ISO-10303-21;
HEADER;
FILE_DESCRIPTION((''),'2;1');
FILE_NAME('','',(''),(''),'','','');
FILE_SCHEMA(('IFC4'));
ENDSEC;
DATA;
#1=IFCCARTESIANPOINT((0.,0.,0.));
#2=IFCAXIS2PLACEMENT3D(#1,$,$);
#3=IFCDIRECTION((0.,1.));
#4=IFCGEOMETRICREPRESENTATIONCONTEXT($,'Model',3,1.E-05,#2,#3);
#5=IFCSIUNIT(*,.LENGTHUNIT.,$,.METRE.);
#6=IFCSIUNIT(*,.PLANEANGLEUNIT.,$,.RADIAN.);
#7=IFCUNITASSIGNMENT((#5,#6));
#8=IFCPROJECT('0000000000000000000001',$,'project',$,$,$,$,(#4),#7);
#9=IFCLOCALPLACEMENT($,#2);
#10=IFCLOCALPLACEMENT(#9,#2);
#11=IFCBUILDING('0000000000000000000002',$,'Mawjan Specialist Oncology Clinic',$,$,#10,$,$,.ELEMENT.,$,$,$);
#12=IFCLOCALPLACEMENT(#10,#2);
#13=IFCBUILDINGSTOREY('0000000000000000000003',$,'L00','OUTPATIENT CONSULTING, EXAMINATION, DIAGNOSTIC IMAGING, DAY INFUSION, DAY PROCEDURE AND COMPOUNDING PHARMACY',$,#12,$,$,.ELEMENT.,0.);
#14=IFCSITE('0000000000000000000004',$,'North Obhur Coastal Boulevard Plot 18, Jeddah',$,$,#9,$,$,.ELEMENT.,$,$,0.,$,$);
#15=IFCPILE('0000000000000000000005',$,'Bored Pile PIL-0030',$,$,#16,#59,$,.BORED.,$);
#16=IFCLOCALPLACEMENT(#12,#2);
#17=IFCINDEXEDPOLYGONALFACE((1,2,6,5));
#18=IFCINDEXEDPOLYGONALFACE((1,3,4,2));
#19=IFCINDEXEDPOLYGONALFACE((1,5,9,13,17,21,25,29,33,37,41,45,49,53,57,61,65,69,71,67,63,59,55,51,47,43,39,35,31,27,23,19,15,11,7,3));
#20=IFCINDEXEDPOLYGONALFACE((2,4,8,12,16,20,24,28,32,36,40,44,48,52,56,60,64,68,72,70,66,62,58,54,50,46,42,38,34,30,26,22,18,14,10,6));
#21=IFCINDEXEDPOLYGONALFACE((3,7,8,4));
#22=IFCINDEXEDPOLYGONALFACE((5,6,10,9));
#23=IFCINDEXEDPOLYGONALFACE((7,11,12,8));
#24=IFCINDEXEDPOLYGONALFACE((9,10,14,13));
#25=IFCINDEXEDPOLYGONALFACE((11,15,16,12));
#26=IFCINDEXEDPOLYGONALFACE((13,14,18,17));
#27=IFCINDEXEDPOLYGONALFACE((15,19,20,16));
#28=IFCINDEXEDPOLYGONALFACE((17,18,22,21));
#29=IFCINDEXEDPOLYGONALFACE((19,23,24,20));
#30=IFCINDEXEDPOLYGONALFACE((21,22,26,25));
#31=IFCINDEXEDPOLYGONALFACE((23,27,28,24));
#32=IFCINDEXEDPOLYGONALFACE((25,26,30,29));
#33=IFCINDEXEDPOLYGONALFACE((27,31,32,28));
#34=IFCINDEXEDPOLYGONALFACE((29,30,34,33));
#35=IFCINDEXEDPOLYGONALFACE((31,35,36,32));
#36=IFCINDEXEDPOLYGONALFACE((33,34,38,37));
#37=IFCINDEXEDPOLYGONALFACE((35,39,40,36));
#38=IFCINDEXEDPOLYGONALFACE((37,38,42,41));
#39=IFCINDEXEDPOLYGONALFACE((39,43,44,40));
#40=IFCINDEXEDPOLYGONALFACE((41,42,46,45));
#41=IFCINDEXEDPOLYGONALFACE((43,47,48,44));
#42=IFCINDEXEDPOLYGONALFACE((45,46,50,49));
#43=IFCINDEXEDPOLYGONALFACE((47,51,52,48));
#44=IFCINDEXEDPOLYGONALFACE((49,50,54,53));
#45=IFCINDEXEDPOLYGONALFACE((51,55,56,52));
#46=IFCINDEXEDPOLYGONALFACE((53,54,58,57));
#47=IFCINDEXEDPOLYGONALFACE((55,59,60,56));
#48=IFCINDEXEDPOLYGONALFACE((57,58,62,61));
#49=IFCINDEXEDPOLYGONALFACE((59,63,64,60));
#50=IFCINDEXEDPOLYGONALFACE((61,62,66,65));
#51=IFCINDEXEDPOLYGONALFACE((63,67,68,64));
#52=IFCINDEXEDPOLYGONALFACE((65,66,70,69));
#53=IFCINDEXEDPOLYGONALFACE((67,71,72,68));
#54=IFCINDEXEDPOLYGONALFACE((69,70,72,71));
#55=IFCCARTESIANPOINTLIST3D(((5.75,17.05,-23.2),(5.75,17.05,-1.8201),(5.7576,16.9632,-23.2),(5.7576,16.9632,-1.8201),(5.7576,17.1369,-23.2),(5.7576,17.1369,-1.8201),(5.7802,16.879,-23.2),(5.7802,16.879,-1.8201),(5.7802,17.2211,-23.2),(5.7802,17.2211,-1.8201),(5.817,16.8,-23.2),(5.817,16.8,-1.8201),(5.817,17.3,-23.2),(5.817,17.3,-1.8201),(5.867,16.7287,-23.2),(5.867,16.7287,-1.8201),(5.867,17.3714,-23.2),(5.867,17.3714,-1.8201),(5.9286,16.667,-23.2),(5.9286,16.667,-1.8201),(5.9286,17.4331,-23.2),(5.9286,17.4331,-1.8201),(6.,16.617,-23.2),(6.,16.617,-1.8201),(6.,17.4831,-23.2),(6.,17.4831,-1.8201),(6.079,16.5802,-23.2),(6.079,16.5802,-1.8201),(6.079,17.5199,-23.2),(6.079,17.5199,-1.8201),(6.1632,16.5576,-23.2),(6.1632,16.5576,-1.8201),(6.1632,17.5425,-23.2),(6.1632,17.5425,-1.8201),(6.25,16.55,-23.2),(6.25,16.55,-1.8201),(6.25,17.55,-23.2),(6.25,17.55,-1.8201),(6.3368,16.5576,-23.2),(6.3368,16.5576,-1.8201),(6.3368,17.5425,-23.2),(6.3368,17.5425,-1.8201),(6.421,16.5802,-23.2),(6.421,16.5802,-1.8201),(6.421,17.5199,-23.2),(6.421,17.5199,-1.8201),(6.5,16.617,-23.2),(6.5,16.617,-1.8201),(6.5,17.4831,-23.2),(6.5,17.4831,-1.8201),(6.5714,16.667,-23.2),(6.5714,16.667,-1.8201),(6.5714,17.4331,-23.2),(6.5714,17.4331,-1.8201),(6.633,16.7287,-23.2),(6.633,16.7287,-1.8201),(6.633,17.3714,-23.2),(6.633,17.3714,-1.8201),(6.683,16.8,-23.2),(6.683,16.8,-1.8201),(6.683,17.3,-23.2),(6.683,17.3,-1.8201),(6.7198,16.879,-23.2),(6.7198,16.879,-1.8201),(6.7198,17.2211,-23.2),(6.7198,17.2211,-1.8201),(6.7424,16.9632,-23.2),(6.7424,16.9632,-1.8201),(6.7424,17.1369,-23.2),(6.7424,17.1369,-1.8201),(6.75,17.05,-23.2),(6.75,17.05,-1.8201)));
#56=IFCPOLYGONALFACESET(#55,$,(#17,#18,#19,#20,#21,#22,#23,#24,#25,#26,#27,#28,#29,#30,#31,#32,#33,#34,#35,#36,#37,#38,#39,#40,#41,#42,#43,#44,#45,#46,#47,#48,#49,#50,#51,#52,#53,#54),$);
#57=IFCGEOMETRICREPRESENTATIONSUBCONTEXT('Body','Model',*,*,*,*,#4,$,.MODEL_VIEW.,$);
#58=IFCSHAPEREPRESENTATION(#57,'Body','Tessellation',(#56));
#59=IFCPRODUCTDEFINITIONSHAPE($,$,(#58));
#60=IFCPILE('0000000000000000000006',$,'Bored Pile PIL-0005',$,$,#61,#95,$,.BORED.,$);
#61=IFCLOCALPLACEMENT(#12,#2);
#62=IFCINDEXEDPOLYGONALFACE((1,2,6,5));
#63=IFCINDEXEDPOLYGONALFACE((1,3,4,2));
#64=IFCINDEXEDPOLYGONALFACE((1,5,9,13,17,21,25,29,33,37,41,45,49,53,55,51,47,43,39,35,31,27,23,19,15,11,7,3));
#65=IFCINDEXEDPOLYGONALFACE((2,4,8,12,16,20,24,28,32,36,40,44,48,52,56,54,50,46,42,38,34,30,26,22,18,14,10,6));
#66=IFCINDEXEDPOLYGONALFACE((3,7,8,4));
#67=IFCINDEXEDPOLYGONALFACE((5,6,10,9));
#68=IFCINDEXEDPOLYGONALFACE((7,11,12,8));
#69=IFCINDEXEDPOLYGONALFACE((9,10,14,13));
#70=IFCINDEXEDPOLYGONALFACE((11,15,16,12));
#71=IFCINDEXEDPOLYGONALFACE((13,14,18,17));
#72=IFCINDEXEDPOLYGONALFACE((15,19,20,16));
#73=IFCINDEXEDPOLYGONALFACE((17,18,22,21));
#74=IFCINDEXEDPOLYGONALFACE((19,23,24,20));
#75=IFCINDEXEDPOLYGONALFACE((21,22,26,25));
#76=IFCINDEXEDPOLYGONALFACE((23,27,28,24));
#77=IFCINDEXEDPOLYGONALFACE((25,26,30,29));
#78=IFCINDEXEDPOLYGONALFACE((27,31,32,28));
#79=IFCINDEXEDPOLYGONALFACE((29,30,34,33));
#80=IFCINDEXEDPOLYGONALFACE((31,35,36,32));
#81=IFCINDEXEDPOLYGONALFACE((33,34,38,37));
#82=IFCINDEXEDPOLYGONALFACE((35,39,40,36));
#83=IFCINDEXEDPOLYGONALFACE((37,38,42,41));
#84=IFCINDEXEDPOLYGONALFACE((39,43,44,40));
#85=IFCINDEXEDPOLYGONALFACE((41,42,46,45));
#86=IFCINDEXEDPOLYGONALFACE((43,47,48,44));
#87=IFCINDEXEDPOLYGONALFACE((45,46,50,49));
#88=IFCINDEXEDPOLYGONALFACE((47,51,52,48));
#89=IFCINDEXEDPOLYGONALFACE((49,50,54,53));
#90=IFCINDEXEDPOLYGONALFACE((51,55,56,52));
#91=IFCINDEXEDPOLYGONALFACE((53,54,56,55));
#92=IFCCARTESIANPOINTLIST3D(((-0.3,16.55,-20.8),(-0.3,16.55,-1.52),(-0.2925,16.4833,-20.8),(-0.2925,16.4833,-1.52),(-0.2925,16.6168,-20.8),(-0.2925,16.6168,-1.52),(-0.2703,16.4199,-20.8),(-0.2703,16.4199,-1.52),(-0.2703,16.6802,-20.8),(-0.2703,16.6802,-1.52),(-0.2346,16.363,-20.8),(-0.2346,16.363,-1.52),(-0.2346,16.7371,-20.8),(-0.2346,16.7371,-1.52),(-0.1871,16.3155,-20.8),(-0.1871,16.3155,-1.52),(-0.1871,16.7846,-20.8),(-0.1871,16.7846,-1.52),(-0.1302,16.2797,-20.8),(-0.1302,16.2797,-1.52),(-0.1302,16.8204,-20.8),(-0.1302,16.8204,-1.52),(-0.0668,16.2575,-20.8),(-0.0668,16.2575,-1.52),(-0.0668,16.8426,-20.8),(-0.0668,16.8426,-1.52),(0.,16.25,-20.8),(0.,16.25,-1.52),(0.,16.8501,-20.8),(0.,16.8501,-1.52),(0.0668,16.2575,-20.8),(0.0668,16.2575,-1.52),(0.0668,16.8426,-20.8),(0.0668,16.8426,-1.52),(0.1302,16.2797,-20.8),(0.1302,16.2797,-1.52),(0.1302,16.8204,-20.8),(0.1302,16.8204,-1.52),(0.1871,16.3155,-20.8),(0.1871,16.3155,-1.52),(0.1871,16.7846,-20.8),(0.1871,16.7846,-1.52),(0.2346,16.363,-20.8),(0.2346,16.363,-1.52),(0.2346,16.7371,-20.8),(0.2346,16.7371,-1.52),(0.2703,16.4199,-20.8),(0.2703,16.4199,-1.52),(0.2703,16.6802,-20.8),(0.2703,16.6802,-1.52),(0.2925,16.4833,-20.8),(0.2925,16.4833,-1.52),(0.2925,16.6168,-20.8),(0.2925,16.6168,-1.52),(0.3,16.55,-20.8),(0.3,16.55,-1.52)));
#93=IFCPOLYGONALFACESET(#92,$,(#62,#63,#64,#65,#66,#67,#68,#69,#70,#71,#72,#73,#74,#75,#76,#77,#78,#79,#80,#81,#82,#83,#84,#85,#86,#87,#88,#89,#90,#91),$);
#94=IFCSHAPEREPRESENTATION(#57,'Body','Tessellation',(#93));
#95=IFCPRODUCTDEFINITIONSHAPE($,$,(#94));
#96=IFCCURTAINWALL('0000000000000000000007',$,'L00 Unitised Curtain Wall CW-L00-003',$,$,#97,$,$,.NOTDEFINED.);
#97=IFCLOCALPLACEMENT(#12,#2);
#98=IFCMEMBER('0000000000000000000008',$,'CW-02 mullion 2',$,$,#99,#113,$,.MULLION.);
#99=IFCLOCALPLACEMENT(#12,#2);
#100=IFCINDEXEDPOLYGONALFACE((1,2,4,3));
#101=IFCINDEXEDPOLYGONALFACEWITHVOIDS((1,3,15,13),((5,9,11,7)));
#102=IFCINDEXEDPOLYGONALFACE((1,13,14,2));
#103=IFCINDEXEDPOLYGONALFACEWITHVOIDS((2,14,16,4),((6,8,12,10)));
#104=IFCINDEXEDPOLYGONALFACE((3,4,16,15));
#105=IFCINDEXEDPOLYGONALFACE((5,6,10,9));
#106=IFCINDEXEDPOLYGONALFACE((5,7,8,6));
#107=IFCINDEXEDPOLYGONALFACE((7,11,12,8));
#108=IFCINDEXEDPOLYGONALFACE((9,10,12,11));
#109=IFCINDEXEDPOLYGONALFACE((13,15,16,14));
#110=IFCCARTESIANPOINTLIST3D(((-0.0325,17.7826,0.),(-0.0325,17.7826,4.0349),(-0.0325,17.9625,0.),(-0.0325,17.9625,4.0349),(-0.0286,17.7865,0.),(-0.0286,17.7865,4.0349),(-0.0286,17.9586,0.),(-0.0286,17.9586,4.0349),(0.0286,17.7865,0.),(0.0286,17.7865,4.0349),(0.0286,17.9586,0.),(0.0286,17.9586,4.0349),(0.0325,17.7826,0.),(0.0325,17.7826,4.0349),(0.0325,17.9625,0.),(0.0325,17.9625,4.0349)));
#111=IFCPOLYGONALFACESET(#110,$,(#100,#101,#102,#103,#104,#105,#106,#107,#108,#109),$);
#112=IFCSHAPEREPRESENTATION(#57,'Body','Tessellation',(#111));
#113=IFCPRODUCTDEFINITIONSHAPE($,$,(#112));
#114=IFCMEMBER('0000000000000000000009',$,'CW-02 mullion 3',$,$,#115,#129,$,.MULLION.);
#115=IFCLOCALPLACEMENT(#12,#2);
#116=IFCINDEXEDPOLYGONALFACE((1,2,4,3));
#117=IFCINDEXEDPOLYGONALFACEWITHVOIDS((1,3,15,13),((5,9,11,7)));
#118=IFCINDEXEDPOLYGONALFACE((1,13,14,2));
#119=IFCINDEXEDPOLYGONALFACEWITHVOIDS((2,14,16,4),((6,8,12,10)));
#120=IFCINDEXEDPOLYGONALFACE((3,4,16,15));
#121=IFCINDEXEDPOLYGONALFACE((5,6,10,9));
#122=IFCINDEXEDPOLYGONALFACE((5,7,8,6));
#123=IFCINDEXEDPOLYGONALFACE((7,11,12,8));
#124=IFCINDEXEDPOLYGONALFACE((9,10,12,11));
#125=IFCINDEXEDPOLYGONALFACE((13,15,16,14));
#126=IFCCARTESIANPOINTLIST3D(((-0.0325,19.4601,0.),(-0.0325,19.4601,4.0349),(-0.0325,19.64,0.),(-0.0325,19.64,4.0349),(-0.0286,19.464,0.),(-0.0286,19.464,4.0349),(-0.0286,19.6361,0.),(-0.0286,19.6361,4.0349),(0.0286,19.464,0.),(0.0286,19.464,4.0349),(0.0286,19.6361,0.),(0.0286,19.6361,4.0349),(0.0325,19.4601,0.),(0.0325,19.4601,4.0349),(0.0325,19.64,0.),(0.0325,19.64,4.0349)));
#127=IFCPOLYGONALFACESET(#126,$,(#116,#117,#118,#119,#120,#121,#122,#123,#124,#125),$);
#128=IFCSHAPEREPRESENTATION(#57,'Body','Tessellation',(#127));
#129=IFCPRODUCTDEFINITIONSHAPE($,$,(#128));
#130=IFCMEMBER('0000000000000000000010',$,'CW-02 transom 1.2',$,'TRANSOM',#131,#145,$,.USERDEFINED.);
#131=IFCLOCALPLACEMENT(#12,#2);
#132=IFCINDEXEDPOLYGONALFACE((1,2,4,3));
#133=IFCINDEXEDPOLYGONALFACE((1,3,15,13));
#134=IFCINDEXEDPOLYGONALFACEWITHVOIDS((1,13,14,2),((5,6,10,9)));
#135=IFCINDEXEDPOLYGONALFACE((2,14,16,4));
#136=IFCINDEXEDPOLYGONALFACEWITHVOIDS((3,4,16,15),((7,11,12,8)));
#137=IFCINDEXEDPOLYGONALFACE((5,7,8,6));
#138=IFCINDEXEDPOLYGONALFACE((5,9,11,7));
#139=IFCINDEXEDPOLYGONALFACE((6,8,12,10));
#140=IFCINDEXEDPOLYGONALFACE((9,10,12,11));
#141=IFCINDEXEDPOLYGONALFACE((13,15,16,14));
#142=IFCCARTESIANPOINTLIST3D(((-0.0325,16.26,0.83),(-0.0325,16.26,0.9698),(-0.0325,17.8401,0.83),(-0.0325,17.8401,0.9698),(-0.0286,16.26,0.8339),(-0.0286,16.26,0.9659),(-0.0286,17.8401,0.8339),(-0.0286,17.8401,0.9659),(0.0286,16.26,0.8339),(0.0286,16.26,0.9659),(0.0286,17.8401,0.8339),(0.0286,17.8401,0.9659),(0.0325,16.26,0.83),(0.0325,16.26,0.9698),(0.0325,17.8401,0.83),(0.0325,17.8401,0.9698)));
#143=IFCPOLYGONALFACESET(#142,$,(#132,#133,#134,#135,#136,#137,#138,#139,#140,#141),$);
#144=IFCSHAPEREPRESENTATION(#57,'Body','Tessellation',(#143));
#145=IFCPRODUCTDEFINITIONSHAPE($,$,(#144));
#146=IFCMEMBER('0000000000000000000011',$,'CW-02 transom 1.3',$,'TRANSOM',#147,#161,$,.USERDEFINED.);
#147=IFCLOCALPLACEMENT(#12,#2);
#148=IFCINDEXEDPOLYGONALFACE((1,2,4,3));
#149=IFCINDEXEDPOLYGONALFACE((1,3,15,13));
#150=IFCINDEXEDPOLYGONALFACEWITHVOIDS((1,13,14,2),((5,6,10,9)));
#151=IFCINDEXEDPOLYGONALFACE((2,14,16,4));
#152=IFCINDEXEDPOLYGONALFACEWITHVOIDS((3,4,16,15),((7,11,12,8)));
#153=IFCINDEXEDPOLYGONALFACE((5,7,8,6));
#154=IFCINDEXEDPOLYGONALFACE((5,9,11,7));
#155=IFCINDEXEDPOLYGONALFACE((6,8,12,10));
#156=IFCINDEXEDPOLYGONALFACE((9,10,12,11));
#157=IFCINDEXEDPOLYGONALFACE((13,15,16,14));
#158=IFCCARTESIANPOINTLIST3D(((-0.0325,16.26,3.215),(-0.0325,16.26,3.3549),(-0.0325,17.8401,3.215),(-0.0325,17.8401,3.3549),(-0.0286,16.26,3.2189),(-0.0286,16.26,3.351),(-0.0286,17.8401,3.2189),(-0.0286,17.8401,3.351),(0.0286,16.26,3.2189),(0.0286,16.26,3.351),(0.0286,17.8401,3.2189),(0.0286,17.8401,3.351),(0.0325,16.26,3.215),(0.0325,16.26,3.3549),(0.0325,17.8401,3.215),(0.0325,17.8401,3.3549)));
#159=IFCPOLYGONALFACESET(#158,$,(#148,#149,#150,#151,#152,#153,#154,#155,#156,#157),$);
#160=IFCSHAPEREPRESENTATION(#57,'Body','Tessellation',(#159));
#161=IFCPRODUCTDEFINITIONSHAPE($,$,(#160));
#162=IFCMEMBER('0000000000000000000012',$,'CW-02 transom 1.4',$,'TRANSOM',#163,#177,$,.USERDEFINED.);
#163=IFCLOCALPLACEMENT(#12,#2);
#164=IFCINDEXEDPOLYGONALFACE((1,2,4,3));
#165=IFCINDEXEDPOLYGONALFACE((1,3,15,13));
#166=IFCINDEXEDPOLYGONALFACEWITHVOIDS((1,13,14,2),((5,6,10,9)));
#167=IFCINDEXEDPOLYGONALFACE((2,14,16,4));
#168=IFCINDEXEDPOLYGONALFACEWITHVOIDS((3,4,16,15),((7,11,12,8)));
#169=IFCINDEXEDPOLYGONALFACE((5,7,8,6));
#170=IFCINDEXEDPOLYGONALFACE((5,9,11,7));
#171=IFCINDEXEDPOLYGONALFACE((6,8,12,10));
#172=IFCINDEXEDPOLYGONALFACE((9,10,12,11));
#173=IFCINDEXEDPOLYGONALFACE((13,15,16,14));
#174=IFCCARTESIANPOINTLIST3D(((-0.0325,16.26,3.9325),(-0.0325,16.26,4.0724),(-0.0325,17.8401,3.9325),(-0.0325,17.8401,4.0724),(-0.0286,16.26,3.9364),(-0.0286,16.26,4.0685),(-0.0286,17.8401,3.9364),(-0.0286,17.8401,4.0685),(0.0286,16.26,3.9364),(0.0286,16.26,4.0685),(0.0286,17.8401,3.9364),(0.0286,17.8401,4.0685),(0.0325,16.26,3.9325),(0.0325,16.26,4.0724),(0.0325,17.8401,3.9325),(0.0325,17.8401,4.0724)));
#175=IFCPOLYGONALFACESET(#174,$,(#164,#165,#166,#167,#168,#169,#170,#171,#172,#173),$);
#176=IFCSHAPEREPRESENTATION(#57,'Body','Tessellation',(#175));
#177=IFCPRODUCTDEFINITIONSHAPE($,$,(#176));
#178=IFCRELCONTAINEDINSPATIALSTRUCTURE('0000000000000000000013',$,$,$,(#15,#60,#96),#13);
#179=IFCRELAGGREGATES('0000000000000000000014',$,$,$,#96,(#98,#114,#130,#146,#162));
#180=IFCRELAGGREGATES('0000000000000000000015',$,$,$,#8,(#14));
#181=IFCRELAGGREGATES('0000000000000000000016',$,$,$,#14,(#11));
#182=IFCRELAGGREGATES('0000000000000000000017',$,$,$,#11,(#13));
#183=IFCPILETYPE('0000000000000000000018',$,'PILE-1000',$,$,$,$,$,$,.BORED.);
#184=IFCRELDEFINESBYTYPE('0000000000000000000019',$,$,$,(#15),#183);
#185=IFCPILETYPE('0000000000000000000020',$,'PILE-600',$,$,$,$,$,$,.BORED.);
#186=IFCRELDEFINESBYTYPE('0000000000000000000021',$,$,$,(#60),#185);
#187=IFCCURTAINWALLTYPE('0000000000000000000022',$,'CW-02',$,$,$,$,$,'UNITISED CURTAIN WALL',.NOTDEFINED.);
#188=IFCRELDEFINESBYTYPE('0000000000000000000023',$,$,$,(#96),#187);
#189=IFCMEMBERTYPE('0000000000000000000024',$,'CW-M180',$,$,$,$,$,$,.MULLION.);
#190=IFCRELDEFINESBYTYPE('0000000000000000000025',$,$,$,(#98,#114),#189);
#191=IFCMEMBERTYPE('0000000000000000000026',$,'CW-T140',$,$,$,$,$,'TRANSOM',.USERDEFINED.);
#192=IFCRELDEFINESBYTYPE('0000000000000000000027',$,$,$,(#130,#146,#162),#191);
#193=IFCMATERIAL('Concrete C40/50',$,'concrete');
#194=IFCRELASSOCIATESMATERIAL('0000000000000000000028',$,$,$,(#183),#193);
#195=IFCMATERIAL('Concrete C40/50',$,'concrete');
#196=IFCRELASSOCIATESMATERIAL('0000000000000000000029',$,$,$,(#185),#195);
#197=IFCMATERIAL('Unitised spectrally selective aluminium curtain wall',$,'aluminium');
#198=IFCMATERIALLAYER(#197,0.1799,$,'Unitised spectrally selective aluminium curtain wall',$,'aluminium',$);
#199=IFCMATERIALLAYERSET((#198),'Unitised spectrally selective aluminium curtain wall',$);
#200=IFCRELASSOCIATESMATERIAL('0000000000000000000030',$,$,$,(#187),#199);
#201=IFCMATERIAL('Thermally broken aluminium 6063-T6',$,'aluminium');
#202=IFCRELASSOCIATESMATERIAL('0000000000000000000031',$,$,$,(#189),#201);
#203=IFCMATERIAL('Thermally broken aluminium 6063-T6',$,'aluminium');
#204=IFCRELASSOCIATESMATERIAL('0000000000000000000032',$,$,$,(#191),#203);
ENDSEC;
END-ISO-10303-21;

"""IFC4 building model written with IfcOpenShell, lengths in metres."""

from ifc_helpers import new_model, si_unit, direction, frame, origin, origin_2d, place, context, subcontext, project, spatial, hollow_rectangle, circle, extrude, material, layer, layer_set, material_profile, profile_set, type_object, element, aggregate, save


model = new_model("IFC4")

# Units and contexts
model_context = context("Model", 3, precision=1e-05, world=origin(), true_north=direction((0.0, 1.0)))
body_context = subcontext(model_context, "Body", "Model", "MODEL_VIEW")
ifc_project = project(units=[si_unit("LENGTHUNIT", "METRE"), si_unit("PLANEANGLEUNIT", "RADIAN")], contexts=[model_context])

# Site, building, storey
site_placement = place(None, origin())
site = spatial("IfcSite", under=ifc_project, at=site_placement, Name="North Obhur Coastal Boulevard Plot 18, Jeddah", CompositionType="ELEMENT", RefElevation=0.0)
building_placement = place(site_placement, origin())
building = spatial("IfcBuilding", under=site, at=building_placement, Name="Mawjan Specialist Oncology Clinic", CompositionType="ELEMENT")
storey_placement = place(building_placement, origin())
storey = spatial("IfcBuildingStorey", under=building, at=storey_placement, Name="L00", Description="OUTPATIENT CONSULTING, EXAMINATION, DIAGNOSTIC IMAGING, DAY INFUSION, DAY PROCEDURE AND COMPOUNDING PHARMACY", CompositionType="ELEMENT", Elevation=0.0)

# Piles
ifc_material_1 = material(Name="Concrete C40/50", Category="concrete")
ifc_material_profile_1 = material_profile(ifc_material_1, circle(Radius=0.5, at=origin_2d()), Name="BORED PILE D1000", Category="concrete")
ifc_profile_set_1 = profile_set([ifc_material_profile_1], Name="Concrete C40/50")
pile_type_1 = type_object("IfcPileType", Name="PILE-1000", PredefinedType="BORED", material=ifc_profile_set_1)
pile_1_placement = place(storey_placement, frame((6.25, 17.05, -1.8201), z_axis=(0.0, 0.0, -1.0), x_axis=(1.0, 0.0, 0.0)))
element("IfcPile", 1, at=pile_1_placement, inside=storey, type_object=pile_type_1, Name="Bored Pile PIL-0030", PredefinedType="BORED", context=body_context, shape_type="SweptSolid", body=[
    extrude(circle(Radius=0.5, at=origin_2d()), origin(), (0.0, 0.0, 1.0), 21.3799),
])
ifc_material_2 = material(Name="Concrete C40/50", Category="concrete")
ifc_material_profile_2 = material_profile(ifc_material_2, circle(Radius=0.3, at=origin_2d()), Name="BORED PILE D600", Category="concrete")
ifc_profile_set_2 = profile_set([ifc_material_profile_2], Name="Concrete C40/50")
pile_type_2 = type_object("IfcPileType", Name="PILE-600", PredefinedType="BORED", material=ifc_profile_set_2)
pile_2_placement = place(storey_placement, frame((0.0, 16.55, -1.52), z_axis=(0.0, 0.0, -1.0), x_axis=(1.0, 0.0, 0.0)))
element("IfcPile", 2, at=pile_2_placement, inside=storey, type_object=pile_type_2, Name="Bored Pile PIL-0005", PredefinedType="BORED", context=body_context, shape_type="SweptSolid", body=[
    extrude(circle(Radius=0.3, at=origin_2d()), origin(), (0.0, 0.0, 1.0), 19.28),
])

# Curtain wall, members
ifc_material_3 = material(Name="Unitised spectrally selective aluminium curtain wall", Category="aluminium")
ifc_layer_1 = layer(ifc_material_3, 0.1799, Name="Unitised spectrally selective aluminium curtain wall", Category="aluminium")
ifc_layer_set_1 = layer_set([ifc_layer_1], Name="Unitised spectrally selective aluminium curtain wall")
curtain_wall_type = type_object("IfcCurtainWallType", Name="CW-02", ElementType="UNITISED CURTAIN WALL", PredefinedType="NOTDEFINED", material=ifc_layer_set_1)
curtain_wall_placement = place(storey_placement, origin())
curtain_wall = element("IfcCurtainWall", 3, at=curtain_wall_placement, inside=storey, type_object=curtain_wall_type, Name="L00 Unitised Curtain Wall CW-L00-003", PredefinedType="NOTDEFINED")
ifc_material_4 = material(Name="Thermally broken aluminium 6063-T6", Category="aluminium")
ifc_material_profile_3 = material_profile(ifc_material_4, hollow_rectangle(XDim=0.0649, YDim=0.1799, WallThickness=0.0039, at=origin_2d()), Name="ALU MULLION 180x65x4", Category="aluminium")
ifc_profile_set_3 = profile_set([ifc_material_profile_3], Name="Thermally broken aluminium 6063-T6")
member_type_1 = type_object("IfcMemberType", Name="CW-M180", PredefinedType="MULLION", material=ifc_profile_set_3)
member_1_placement = place(storey_placement, frame((0.0, 17.8726, 0.0), z_axis=(0.0, 0.0, 1.0), x_axis=(-1.0, 0.0, 0.0)))
member_1 = element("IfcMember", 4, at=member_1_placement, type_object=member_type_1, Name="CW-02 mullion 2", PredefinedType="MULLION", context=body_context, shape_type="SweptSolid", body=[
    extrude(hollow_rectangle(XDim=0.0649, YDim=0.1799, WallThickness=0.0039, at=origin_2d()), origin(), (0.0, 0.0, 1.0), 4.0349),
])
member_2_placement = place(storey_placement, frame((0.0, 19.55, 0.0), z_axis=(0.0, 0.0, 1.0), x_axis=(-1.0, 0.0, 0.0)))
member_2 = element("IfcMember", 5, at=member_2_placement, type_object=member_type_1, Name="CW-02 mullion 3", PredefinedType="MULLION", context=body_context, shape_type="SweptSolid", body=[
    extrude(hollow_rectangle(XDim=0.0649, YDim=0.1799, WallThickness=0.0039, at=origin_2d()), origin(), (0.0, 0.0, 1.0), 4.0349),
])
ifc_material_5 = material(Name="Thermally broken aluminium 6063-T6", Category="aluminium")
ifc_material_profile_4 = material_profile(ifc_material_5, hollow_rectangle(XDim=0.0649, YDim=0.1399, WallThickness=0.0039, at=origin_2d()), Name="ALU TRANSOM 140x65x4", Category="aluminium")
ifc_profile_set_4 = profile_set([ifc_material_profile_4], Name="Thermally broken aluminium 6063-T6")
member_type_2 = type_object("IfcMemberType", Name="CW-T140", ElementType="TRANSOM", PredefinedType="USERDEFINED", material=ifc_profile_set_4)
member_3_placement = place(storey_placement, frame((0.0, 16.26, 0.8999), z_axis=(0.0, 1.0, 0.0), x_axis=(-1.0, 0.0, 0.0)))
member_3 = element("IfcMember", 6, at=member_3_placement, type_object=member_type_2, Name="CW-02 transom 1.2", ObjectType="TRANSOM", PredefinedType="USERDEFINED", context=body_context, shape_type="SweptSolid", body=[
    extrude(hollow_rectangle(XDim=0.0649, YDim=0.1399, WallThickness=0.0039, at=origin_2d()), origin(), (0.0, 0.0, 1.0), 1.5801),
])
member_4_placement = place(storey_placement, frame((0.0, 16.26, 3.2849), z_axis=(0.0, 1.0, 0.0), x_axis=(-1.0, 0.0, 0.0)))
member_4 = element("IfcMember", 7, at=member_4_placement, type_object=member_type_2, Name="CW-02 transom 1.3", ObjectType="TRANSOM", PredefinedType="USERDEFINED", context=body_context, shape_type="SweptSolid", body=[
    extrude(hollow_rectangle(XDim=0.0649, YDim=0.1399, WallThickness=0.0039, at=origin_2d()), origin(), (0.0, 0.0, 1.0), 1.5801),
])
member_5_placement = place(storey_placement, frame((0.0, 16.26, 4.0024), z_axis=(0.0, 1.0, 0.0), x_axis=(-1.0, 0.0, 0.0)))
member_5 = element("IfcMember", 8, at=member_5_placement, type_object=member_type_2, Name="CW-02 transom 1.4", ObjectType="TRANSOM", PredefinedType="USERDEFINED", context=body_context, shape_type="SweptSolid", body=[
    extrude(hollow_rectangle(XDim=0.0649, YDim=0.1399, WallThickness=0.0039, at=origin_2d()), origin(), (0.0, 0.0, 1.0), 1.5801),
])
aggregate(curtain_wall, [member_1, member_2, member_3, member_4, member_5])

save(model, "model.ifc")
